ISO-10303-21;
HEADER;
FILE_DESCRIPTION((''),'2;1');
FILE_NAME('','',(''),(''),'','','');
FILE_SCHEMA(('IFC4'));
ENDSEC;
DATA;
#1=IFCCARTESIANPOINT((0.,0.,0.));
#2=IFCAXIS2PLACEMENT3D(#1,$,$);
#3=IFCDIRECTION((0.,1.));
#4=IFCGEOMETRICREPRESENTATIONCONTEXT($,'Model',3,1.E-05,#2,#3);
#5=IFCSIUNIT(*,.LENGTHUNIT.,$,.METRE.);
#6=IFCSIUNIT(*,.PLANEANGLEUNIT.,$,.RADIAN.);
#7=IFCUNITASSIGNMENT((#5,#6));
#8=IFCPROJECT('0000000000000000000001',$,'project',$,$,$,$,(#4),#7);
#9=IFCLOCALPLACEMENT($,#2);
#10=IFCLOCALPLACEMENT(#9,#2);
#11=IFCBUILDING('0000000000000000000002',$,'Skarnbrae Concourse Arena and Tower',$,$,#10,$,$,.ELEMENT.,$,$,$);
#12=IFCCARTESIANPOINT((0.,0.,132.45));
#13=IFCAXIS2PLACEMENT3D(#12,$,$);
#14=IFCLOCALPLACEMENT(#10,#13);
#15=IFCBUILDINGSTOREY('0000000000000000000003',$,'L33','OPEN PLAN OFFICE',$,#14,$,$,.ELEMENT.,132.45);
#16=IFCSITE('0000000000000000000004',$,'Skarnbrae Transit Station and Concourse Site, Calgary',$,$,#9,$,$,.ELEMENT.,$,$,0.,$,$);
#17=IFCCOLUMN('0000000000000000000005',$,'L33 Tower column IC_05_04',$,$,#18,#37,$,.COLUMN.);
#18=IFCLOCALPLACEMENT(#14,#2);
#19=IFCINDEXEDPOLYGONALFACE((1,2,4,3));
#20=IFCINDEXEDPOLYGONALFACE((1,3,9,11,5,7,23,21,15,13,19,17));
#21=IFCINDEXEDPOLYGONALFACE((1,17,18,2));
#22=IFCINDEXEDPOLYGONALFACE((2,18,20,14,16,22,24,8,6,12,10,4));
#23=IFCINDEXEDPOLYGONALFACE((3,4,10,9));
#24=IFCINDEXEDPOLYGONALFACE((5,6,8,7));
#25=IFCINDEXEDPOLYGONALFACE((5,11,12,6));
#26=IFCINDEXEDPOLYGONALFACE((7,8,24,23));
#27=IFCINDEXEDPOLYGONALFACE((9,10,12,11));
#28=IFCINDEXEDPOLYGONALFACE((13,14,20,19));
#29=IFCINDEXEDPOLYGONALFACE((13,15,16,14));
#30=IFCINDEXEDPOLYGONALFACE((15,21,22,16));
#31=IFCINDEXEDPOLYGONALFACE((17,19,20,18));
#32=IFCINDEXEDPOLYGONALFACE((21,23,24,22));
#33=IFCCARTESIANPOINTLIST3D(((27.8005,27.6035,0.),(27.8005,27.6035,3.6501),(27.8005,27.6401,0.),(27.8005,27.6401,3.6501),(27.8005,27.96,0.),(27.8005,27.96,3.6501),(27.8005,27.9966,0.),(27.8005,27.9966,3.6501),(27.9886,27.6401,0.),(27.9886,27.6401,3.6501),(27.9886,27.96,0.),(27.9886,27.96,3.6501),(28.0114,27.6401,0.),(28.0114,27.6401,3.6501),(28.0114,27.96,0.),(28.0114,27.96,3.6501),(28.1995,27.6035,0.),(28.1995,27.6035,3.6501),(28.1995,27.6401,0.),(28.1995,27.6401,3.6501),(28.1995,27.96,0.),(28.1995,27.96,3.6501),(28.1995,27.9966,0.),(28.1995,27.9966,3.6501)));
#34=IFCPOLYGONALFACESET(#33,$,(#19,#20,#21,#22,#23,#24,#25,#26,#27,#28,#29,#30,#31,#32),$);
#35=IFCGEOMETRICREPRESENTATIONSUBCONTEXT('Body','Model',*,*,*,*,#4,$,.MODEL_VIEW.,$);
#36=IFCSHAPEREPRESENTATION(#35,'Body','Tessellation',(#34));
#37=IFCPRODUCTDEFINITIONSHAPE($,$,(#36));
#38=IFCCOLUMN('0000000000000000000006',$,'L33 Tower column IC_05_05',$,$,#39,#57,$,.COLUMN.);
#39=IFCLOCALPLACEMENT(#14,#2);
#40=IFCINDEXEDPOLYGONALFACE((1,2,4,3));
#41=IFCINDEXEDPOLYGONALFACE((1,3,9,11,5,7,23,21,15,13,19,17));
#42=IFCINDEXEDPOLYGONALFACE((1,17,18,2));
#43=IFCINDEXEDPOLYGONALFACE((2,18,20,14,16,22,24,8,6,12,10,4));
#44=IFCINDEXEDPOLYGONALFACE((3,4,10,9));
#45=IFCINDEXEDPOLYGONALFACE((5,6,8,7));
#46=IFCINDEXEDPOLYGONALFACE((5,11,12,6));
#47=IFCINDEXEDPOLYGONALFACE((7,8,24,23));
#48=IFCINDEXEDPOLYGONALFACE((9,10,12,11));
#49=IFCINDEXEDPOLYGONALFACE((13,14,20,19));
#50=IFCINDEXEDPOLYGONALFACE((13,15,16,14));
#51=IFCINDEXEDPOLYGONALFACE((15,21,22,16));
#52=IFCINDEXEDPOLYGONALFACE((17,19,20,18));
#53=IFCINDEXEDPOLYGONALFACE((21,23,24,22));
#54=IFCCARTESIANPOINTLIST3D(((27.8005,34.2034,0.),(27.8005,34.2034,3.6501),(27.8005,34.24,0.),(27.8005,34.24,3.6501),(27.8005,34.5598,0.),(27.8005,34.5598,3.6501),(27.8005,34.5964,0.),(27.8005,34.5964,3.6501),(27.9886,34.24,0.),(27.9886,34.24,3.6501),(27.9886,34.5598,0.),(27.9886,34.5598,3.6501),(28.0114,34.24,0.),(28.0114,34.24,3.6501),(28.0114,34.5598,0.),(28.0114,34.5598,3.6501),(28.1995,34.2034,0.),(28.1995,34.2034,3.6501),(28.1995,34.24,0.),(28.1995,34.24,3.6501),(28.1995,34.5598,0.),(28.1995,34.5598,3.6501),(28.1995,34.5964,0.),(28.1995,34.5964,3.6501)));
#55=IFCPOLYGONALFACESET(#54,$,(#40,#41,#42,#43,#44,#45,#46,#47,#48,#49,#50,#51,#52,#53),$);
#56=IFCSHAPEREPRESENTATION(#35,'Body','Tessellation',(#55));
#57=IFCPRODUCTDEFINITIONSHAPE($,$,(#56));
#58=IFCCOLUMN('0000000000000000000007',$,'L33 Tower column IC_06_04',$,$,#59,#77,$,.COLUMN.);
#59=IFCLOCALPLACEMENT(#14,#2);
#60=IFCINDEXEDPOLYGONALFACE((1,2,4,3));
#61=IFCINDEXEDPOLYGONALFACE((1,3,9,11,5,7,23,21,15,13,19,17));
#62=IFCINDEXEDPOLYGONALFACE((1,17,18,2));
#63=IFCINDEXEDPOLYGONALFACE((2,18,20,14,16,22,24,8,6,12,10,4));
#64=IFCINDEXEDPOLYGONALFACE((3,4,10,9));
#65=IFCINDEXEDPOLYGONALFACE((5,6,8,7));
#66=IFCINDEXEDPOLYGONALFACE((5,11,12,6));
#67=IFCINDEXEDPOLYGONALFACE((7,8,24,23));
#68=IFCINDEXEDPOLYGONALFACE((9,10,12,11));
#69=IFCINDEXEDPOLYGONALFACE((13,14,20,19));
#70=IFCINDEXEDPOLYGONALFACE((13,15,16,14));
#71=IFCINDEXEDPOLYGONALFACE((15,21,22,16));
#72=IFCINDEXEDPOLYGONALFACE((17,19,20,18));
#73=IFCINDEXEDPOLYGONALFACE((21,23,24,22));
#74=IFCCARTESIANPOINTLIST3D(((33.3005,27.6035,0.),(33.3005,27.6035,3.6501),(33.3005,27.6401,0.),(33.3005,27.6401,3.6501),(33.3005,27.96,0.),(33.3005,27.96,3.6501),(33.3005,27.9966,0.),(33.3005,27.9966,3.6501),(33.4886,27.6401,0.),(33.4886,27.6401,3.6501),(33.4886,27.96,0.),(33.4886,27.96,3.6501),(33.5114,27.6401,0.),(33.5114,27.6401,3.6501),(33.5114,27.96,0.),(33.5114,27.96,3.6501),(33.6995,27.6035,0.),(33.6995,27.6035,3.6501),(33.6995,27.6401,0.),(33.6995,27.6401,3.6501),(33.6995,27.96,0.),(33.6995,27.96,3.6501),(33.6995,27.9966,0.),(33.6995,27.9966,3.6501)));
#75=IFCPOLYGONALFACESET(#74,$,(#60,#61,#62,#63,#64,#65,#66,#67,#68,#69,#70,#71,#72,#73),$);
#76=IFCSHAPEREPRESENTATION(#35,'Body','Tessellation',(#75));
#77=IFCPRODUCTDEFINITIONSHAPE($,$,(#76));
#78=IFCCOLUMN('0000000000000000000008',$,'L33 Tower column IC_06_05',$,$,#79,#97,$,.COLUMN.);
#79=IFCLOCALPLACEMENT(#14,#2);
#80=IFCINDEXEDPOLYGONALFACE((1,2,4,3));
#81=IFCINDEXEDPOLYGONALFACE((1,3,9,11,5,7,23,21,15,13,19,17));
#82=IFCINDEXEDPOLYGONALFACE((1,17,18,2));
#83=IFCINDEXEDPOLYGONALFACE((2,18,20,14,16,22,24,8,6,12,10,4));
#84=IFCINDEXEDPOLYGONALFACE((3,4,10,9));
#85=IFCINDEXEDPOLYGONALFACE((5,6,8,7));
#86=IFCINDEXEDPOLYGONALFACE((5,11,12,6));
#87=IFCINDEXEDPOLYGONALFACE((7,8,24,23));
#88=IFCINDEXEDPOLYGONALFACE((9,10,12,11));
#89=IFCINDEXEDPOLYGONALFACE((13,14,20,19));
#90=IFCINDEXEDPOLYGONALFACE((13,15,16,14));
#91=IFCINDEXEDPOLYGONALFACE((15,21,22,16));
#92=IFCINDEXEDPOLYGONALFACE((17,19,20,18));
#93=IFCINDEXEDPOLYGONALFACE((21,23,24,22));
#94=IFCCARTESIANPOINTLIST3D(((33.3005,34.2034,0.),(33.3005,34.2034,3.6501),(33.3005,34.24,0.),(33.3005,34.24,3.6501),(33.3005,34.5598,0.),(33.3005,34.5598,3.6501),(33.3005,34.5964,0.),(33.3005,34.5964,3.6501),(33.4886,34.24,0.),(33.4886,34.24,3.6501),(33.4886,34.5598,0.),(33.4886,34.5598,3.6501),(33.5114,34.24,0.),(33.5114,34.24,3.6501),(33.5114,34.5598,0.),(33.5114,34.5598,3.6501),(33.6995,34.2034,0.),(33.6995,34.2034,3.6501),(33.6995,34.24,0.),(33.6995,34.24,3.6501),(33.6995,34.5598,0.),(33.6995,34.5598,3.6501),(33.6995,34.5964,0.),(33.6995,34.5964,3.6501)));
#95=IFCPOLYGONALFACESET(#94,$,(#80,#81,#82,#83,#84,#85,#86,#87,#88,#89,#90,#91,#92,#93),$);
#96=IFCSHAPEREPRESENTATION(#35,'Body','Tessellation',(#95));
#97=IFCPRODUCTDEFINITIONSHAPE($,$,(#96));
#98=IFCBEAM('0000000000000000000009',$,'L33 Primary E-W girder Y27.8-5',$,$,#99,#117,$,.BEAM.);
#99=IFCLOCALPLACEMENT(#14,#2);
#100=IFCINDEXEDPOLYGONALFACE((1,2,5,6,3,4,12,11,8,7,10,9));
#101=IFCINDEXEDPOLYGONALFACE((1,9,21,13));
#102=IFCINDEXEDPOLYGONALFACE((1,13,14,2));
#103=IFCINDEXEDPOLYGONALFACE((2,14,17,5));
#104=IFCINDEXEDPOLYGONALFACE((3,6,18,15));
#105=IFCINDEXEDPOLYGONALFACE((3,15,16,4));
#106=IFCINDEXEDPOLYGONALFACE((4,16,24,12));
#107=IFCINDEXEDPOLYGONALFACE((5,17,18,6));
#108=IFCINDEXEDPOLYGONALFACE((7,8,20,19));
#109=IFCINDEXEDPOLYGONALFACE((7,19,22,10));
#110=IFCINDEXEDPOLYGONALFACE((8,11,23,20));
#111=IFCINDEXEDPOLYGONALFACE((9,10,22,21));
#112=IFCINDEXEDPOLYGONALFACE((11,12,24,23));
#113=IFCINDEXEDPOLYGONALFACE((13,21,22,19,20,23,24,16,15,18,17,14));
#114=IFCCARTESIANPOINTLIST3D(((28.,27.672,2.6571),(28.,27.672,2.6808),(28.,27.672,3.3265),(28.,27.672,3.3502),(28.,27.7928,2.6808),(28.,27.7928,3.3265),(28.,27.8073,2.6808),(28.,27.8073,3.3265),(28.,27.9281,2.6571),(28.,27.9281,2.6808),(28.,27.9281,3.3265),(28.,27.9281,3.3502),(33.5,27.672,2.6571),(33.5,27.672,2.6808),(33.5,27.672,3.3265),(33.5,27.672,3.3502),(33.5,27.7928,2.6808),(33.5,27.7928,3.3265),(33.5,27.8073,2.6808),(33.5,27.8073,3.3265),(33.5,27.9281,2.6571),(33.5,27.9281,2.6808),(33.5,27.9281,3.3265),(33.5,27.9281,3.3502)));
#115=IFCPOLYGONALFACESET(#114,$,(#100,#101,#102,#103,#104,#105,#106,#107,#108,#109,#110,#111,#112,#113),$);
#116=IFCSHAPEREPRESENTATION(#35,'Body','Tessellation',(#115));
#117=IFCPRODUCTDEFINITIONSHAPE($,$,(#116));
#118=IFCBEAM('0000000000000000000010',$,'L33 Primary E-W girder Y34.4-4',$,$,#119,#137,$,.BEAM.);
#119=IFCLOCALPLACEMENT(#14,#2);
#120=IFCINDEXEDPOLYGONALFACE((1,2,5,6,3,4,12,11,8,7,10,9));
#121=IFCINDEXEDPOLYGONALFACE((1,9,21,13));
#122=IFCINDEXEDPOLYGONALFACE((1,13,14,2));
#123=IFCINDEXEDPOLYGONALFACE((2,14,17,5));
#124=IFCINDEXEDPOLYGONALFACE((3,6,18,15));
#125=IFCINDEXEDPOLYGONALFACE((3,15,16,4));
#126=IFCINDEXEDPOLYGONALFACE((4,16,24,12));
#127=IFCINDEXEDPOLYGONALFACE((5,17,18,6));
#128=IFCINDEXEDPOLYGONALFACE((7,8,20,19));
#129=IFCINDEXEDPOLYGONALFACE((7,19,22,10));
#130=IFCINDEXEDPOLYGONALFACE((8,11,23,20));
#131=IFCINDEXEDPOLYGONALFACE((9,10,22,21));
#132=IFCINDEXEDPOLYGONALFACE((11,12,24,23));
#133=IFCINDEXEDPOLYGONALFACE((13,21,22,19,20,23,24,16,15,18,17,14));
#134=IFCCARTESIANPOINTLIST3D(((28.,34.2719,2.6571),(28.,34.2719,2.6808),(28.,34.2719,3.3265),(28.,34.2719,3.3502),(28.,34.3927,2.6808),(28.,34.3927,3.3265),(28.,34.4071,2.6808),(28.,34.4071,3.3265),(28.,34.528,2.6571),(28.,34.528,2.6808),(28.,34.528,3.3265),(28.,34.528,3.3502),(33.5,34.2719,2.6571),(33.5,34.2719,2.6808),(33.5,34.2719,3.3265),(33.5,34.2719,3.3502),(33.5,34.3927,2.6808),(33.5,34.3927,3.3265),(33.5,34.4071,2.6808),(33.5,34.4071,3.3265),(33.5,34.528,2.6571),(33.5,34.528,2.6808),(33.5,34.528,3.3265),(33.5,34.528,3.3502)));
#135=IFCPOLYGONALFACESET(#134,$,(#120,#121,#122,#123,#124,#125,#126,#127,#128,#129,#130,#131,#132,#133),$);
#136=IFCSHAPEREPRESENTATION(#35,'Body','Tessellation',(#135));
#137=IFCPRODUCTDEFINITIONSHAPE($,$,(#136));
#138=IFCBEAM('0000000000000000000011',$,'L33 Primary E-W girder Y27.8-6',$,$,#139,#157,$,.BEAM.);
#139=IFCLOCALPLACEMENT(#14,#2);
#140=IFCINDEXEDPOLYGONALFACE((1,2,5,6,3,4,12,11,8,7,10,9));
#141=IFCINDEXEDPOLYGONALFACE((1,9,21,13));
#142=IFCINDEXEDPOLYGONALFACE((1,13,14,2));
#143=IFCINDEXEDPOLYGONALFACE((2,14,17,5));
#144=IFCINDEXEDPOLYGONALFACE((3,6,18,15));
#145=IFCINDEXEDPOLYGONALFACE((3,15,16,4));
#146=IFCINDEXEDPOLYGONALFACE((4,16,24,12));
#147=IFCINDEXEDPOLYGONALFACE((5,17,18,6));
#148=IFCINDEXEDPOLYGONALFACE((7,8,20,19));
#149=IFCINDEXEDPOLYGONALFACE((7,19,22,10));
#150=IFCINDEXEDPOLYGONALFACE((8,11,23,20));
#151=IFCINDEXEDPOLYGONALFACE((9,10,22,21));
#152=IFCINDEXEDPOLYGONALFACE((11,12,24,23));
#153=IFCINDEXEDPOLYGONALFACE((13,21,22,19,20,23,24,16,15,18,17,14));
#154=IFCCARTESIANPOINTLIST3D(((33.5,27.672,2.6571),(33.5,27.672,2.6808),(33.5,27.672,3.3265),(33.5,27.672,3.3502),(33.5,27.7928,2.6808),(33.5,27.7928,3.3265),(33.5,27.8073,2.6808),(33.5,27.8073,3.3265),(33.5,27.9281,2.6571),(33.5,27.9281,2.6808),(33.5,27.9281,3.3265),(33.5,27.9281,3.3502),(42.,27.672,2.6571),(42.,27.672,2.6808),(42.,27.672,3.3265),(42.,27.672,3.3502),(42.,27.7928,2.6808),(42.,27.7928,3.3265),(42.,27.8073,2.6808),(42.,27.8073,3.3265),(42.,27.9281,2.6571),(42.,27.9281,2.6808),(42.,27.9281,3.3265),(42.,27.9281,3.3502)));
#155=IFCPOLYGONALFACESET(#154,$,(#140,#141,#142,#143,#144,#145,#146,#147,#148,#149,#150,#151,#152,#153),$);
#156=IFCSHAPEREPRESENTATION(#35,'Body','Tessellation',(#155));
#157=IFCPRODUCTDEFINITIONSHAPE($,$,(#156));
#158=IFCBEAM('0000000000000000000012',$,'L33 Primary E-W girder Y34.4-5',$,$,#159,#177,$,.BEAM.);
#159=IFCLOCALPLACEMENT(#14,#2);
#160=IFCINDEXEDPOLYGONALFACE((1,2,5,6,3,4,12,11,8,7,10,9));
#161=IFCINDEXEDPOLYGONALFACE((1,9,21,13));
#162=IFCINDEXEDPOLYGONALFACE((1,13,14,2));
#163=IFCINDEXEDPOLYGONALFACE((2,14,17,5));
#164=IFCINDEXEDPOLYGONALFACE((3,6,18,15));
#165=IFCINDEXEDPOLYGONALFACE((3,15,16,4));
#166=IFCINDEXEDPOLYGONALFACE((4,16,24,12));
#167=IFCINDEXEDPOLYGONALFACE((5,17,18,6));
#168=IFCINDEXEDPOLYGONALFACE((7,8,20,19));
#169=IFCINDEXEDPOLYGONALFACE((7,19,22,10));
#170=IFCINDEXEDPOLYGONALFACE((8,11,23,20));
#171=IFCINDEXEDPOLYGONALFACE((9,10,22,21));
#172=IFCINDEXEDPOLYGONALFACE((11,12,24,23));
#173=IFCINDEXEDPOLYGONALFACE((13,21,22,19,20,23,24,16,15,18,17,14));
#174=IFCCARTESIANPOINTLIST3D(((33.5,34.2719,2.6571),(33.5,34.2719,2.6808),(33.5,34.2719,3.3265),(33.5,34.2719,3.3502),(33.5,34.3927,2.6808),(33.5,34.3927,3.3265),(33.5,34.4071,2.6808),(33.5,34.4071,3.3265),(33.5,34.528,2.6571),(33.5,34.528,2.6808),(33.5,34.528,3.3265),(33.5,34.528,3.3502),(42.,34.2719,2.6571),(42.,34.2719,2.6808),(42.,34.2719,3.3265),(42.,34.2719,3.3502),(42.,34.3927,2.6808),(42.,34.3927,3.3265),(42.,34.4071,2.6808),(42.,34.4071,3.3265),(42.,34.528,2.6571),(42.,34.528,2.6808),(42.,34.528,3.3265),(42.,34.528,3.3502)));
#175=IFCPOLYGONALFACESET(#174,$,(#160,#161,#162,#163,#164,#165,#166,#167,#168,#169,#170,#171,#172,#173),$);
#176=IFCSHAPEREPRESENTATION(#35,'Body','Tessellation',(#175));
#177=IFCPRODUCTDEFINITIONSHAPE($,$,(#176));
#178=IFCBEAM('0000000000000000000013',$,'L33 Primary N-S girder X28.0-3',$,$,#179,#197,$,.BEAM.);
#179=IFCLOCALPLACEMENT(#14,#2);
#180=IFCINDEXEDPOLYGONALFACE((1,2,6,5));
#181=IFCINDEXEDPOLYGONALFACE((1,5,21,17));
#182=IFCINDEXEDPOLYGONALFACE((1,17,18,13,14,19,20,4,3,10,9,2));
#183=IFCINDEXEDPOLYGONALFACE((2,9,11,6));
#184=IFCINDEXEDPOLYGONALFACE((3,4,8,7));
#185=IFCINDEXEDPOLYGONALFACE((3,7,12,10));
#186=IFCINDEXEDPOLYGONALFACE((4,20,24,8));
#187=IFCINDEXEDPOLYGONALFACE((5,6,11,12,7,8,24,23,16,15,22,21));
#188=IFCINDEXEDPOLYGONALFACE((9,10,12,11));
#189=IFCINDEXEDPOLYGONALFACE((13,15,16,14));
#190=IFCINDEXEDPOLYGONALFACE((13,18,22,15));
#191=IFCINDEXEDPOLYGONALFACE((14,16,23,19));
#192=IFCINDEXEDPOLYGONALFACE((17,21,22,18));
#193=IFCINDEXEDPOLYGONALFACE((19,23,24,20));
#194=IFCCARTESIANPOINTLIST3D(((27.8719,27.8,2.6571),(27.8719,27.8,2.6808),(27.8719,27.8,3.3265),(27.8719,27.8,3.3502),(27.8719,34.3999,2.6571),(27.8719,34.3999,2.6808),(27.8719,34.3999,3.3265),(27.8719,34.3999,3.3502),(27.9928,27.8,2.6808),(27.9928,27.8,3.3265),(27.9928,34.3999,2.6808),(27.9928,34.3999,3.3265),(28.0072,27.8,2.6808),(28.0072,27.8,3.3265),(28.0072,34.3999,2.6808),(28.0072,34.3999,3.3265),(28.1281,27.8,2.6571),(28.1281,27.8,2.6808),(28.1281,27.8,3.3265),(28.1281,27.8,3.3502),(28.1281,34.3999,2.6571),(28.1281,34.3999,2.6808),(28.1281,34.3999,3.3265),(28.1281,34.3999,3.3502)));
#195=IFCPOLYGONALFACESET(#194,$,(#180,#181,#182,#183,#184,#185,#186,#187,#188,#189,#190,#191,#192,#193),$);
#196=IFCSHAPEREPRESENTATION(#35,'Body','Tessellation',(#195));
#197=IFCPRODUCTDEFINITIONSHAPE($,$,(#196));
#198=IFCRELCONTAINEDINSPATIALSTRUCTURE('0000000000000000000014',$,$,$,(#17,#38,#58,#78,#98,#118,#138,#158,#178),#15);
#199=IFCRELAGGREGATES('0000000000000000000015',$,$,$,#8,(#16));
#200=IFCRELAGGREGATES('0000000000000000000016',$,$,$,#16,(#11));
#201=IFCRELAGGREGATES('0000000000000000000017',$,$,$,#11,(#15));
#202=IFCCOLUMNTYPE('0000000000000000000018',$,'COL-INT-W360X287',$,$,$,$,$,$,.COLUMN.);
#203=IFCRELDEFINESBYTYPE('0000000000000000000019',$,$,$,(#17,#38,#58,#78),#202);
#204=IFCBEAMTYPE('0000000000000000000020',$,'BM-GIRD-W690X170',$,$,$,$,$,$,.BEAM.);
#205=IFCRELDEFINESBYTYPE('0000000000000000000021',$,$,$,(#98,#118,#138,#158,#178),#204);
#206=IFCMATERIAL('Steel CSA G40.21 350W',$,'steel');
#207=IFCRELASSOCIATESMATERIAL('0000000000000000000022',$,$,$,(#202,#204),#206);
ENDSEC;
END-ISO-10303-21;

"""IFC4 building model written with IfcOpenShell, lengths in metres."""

from ifc_helpers import new_model, si_unit, direction, frame, origin, origin_2d, place, context, subcontext, project, spatial, i_section, extrude, source, transform, mapped, material, material_profile, profile_set, type_object, element, save


model = new_model("IFC4")

# Units and contexts
model_context = context("Model", 3, precision=1e-05, world=origin(), true_north=direction((0.0, 1.0)))
body_context = subcontext(model_context, "Body", "Model", "MODEL_VIEW")
ifc_project = project(units=[si_unit("LENGTHUNIT", "METRE"), si_unit("PLANEANGLEUNIT", "RADIAN")], contexts=[model_context])

# Site, building, storey
site_placement = place(None, origin())
site = spatial("IfcSite", under=ifc_project, at=site_placement, Name="Skarnbrae Transit Station and Concourse Site, Calgary", CompositionType="ELEMENT", RefElevation=0.0)
building_placement = place(site_placement, origin())
building = spatial("IfcBuilding", under=site, at=building_placement, Name="Skarnbrae Concourse Arena and Tower", CompositionType="ELEMENT")
storey_placement = place(building_placement, frame((0.0, 0.0, 132.45)))
storey = spatial("IfcBuildingStorey", under=building, at=storey_placement, Name="L33", Description="OPEN PLAN OFFICE", CompositionType="ELEMENT", Elevation=132.45)

# Columns
ifc_material_1 = material(Name="Steel CSA G40.21 350W", Category="steel")
ifc_material_profile_1 = material_profile(ifc_material_1, i_section(OverallWidth=0.3989, OverallDepth=0.3931, WebThickness=0.0227, FlangeThickness=0.0366, at=origin_2d()), Name="W360X287")
ifc_profile_set_1 = profile_set([ifc_material_profile_1], Name="Steel CSA G40.21 350W")
column_type = type_object("IfcColumnType", Name="COL-INT-W360X287", PredefinedType="COLUMN", material=ifc_profile_set_1)
shared_shape_1 = source(origin(), body_context, "Body", "SweptSolid", [
    extrude(i_section(OverallWidth=0.3989, OverallDepth=0.3931, WebThickness=0.0227, FlangeThickness=0.0366, at=origin_2d()), origin(), (0.0, 0.0, 1.0), 3.6501),
])
for number, where, z_axis, x_axis, name in (
    (1, (28.0, 27.8, 0.0), (0.0, 0.0, 1.0), (1.0, 0.0, 0.0), "L33 Tower column IC_05_04"),
    (2, (28.0, 34.3999, 0.0), (0.0, 0.0, 1.0), (1.0, 0.0, 0.0), "L33 Tower column IC_05_05"),
    (3, (33.5, 27.8, 0.0), (0.0, 0.0, 1.0), (1.0, 0.0, 0.0), "L33 Tower column IC_06_04"),
    (4, (33.5, 34.3999, 0.0), (0.0, 0.0, 1.0), (1.0, 0.0, 0.0), "L33 Tower column IC_06_05"),
):
    element("IfcColumn", number, at=place(storey_placement, frame(where, z_axis=z_axis, x_axis=x_axis)), inside=storey, type_object=column_type, Name=name, PredefinedType="COLUMN", context=body_context, shape_type="MappedRepresentation", body=[
        mapped(shared_shape_1, transform((0.0, 0.0, 0.0))),
    ])

# Beams
ifc_material_profile_2 = material_profile(ifc_material_1, i_section(OverallWidth=0.2561, OverallDepth=0.6931, WebThickness=0.0144, FlangeThickness=0.0237, at=origin_2d()), Name="W690X170")
ifc_profile_set_2 = profile_set([ifc_material_profile_2], Name="Steel CSA G40.21 350W")
beam_type_1 = type_object("IfcBeamType", Name="BM-GIRD-W690X170", PredefinedType="BEAM", material=ifc_profile_set_2)
shared_shape_2 = source(origin(), body_context, "Body", "SweptSolid", [
    extrude(i_section(OverallWidth=0.2561, OverallDepth=0.6931, WebThickness=0.0144, FlangeThickness=0.0237, at=origin_2d()), origin(), (0.0, 0.0, 1.0), 5.5),
])
for number, where, z_axis, x_axis, name in (
    (5, (28.0, 27.8, 3.0037), (1.0, 0.0, 0.0), (0.0, 1.0, 0.0), "L33 Primary E-W girder Y27.8-5"),
    (6, (28.0, 34.3999, 3.0037), (1.0, 0.0, 0.0), (0.0, 1.0, 0.0), "L33 Primary E-W girder Y34.4-4"),
):
    element("IfcBeam", number, at=place(storey_placement, frame(where, z_axis=z_axis, x_axis=x_axis)), inside=storey, type_object=beam_type_1, Name=name, PredefinedType="BEAM", context=body_context, shape_type="MappedRepresentation", body=[
        mapped(shared_shape_2, transform((0.0, 0.0, 0.0))),
    ])
shared_shape_3 = source(origin(), body_context, "Body", "SweptSolid", [
    extrude(i_section(OverallWidth=0.2561, OverallDepth=0.6931, WebThickness=0.0144, FlangeThickness=0.0237, at=origin_2d()), origin(), (0.0, 0.0, 1.0), 8.5),
])
for number, where, z_axis, x_axis, name in (
    (7, (33.5, 27.8, 3.0037), (1.0, 0.0, 0.0), (0.0, 1.0, 0.0), "L33 Primary E-W girder Y27.8-6"),
    (8, (33.5, 34.3999, 3.0037), (1.0, 0.0, 0.0), (0.0, 1.0, 0.0), "L33 Primary E-W girder Y34.4-5"),
):
    element("IfcBeam", number, at=place(storey_placement, frame(where, z_axis=z_axis, x_axis=x_axis)), inside=storey, type_object=beam_type_1, Name=name, PredefinedType="BEAM", context=body_context, shape_type="MappedRepresentation", body=[
        mapped(shared_shape_3, transform((0.0, 0.0, 0.0))),
    ])
shared_shape_4 = source(origin(), body_context, "Body", "SweptSolid", [
    extrude(i_section(OverallWidth=0.2561, OverallDepth=0.6931, WebThickness=0.0144, FlangeThickness=0.0237, at=origin_2d()), origin(), (0.0, 0.0, 1.0), 6.5999),
])
for number, where, z_axis, x_axis, name in (
    (9, (28.0, 27.8, 3.0037), (0.0, 1.0, 0.0), (-1.0, 0.0, 0.0), "L33 Primary N-S girder X28.0-3"),
):
    element("IfcBeam", number, at=place(storey_placement, frame(where, z_axis=z_axis, x_axis=x_axis)), inside=storey, type_object=beam_type_1, Name=name, PredefinedType="BEAM", context=body_context, shape_type="MappedRepresentation", body=[
        mapped(shared_shape_4, transform((0.0, 0.0, 0.0))),
    ])

save(model, "model.ifc")
